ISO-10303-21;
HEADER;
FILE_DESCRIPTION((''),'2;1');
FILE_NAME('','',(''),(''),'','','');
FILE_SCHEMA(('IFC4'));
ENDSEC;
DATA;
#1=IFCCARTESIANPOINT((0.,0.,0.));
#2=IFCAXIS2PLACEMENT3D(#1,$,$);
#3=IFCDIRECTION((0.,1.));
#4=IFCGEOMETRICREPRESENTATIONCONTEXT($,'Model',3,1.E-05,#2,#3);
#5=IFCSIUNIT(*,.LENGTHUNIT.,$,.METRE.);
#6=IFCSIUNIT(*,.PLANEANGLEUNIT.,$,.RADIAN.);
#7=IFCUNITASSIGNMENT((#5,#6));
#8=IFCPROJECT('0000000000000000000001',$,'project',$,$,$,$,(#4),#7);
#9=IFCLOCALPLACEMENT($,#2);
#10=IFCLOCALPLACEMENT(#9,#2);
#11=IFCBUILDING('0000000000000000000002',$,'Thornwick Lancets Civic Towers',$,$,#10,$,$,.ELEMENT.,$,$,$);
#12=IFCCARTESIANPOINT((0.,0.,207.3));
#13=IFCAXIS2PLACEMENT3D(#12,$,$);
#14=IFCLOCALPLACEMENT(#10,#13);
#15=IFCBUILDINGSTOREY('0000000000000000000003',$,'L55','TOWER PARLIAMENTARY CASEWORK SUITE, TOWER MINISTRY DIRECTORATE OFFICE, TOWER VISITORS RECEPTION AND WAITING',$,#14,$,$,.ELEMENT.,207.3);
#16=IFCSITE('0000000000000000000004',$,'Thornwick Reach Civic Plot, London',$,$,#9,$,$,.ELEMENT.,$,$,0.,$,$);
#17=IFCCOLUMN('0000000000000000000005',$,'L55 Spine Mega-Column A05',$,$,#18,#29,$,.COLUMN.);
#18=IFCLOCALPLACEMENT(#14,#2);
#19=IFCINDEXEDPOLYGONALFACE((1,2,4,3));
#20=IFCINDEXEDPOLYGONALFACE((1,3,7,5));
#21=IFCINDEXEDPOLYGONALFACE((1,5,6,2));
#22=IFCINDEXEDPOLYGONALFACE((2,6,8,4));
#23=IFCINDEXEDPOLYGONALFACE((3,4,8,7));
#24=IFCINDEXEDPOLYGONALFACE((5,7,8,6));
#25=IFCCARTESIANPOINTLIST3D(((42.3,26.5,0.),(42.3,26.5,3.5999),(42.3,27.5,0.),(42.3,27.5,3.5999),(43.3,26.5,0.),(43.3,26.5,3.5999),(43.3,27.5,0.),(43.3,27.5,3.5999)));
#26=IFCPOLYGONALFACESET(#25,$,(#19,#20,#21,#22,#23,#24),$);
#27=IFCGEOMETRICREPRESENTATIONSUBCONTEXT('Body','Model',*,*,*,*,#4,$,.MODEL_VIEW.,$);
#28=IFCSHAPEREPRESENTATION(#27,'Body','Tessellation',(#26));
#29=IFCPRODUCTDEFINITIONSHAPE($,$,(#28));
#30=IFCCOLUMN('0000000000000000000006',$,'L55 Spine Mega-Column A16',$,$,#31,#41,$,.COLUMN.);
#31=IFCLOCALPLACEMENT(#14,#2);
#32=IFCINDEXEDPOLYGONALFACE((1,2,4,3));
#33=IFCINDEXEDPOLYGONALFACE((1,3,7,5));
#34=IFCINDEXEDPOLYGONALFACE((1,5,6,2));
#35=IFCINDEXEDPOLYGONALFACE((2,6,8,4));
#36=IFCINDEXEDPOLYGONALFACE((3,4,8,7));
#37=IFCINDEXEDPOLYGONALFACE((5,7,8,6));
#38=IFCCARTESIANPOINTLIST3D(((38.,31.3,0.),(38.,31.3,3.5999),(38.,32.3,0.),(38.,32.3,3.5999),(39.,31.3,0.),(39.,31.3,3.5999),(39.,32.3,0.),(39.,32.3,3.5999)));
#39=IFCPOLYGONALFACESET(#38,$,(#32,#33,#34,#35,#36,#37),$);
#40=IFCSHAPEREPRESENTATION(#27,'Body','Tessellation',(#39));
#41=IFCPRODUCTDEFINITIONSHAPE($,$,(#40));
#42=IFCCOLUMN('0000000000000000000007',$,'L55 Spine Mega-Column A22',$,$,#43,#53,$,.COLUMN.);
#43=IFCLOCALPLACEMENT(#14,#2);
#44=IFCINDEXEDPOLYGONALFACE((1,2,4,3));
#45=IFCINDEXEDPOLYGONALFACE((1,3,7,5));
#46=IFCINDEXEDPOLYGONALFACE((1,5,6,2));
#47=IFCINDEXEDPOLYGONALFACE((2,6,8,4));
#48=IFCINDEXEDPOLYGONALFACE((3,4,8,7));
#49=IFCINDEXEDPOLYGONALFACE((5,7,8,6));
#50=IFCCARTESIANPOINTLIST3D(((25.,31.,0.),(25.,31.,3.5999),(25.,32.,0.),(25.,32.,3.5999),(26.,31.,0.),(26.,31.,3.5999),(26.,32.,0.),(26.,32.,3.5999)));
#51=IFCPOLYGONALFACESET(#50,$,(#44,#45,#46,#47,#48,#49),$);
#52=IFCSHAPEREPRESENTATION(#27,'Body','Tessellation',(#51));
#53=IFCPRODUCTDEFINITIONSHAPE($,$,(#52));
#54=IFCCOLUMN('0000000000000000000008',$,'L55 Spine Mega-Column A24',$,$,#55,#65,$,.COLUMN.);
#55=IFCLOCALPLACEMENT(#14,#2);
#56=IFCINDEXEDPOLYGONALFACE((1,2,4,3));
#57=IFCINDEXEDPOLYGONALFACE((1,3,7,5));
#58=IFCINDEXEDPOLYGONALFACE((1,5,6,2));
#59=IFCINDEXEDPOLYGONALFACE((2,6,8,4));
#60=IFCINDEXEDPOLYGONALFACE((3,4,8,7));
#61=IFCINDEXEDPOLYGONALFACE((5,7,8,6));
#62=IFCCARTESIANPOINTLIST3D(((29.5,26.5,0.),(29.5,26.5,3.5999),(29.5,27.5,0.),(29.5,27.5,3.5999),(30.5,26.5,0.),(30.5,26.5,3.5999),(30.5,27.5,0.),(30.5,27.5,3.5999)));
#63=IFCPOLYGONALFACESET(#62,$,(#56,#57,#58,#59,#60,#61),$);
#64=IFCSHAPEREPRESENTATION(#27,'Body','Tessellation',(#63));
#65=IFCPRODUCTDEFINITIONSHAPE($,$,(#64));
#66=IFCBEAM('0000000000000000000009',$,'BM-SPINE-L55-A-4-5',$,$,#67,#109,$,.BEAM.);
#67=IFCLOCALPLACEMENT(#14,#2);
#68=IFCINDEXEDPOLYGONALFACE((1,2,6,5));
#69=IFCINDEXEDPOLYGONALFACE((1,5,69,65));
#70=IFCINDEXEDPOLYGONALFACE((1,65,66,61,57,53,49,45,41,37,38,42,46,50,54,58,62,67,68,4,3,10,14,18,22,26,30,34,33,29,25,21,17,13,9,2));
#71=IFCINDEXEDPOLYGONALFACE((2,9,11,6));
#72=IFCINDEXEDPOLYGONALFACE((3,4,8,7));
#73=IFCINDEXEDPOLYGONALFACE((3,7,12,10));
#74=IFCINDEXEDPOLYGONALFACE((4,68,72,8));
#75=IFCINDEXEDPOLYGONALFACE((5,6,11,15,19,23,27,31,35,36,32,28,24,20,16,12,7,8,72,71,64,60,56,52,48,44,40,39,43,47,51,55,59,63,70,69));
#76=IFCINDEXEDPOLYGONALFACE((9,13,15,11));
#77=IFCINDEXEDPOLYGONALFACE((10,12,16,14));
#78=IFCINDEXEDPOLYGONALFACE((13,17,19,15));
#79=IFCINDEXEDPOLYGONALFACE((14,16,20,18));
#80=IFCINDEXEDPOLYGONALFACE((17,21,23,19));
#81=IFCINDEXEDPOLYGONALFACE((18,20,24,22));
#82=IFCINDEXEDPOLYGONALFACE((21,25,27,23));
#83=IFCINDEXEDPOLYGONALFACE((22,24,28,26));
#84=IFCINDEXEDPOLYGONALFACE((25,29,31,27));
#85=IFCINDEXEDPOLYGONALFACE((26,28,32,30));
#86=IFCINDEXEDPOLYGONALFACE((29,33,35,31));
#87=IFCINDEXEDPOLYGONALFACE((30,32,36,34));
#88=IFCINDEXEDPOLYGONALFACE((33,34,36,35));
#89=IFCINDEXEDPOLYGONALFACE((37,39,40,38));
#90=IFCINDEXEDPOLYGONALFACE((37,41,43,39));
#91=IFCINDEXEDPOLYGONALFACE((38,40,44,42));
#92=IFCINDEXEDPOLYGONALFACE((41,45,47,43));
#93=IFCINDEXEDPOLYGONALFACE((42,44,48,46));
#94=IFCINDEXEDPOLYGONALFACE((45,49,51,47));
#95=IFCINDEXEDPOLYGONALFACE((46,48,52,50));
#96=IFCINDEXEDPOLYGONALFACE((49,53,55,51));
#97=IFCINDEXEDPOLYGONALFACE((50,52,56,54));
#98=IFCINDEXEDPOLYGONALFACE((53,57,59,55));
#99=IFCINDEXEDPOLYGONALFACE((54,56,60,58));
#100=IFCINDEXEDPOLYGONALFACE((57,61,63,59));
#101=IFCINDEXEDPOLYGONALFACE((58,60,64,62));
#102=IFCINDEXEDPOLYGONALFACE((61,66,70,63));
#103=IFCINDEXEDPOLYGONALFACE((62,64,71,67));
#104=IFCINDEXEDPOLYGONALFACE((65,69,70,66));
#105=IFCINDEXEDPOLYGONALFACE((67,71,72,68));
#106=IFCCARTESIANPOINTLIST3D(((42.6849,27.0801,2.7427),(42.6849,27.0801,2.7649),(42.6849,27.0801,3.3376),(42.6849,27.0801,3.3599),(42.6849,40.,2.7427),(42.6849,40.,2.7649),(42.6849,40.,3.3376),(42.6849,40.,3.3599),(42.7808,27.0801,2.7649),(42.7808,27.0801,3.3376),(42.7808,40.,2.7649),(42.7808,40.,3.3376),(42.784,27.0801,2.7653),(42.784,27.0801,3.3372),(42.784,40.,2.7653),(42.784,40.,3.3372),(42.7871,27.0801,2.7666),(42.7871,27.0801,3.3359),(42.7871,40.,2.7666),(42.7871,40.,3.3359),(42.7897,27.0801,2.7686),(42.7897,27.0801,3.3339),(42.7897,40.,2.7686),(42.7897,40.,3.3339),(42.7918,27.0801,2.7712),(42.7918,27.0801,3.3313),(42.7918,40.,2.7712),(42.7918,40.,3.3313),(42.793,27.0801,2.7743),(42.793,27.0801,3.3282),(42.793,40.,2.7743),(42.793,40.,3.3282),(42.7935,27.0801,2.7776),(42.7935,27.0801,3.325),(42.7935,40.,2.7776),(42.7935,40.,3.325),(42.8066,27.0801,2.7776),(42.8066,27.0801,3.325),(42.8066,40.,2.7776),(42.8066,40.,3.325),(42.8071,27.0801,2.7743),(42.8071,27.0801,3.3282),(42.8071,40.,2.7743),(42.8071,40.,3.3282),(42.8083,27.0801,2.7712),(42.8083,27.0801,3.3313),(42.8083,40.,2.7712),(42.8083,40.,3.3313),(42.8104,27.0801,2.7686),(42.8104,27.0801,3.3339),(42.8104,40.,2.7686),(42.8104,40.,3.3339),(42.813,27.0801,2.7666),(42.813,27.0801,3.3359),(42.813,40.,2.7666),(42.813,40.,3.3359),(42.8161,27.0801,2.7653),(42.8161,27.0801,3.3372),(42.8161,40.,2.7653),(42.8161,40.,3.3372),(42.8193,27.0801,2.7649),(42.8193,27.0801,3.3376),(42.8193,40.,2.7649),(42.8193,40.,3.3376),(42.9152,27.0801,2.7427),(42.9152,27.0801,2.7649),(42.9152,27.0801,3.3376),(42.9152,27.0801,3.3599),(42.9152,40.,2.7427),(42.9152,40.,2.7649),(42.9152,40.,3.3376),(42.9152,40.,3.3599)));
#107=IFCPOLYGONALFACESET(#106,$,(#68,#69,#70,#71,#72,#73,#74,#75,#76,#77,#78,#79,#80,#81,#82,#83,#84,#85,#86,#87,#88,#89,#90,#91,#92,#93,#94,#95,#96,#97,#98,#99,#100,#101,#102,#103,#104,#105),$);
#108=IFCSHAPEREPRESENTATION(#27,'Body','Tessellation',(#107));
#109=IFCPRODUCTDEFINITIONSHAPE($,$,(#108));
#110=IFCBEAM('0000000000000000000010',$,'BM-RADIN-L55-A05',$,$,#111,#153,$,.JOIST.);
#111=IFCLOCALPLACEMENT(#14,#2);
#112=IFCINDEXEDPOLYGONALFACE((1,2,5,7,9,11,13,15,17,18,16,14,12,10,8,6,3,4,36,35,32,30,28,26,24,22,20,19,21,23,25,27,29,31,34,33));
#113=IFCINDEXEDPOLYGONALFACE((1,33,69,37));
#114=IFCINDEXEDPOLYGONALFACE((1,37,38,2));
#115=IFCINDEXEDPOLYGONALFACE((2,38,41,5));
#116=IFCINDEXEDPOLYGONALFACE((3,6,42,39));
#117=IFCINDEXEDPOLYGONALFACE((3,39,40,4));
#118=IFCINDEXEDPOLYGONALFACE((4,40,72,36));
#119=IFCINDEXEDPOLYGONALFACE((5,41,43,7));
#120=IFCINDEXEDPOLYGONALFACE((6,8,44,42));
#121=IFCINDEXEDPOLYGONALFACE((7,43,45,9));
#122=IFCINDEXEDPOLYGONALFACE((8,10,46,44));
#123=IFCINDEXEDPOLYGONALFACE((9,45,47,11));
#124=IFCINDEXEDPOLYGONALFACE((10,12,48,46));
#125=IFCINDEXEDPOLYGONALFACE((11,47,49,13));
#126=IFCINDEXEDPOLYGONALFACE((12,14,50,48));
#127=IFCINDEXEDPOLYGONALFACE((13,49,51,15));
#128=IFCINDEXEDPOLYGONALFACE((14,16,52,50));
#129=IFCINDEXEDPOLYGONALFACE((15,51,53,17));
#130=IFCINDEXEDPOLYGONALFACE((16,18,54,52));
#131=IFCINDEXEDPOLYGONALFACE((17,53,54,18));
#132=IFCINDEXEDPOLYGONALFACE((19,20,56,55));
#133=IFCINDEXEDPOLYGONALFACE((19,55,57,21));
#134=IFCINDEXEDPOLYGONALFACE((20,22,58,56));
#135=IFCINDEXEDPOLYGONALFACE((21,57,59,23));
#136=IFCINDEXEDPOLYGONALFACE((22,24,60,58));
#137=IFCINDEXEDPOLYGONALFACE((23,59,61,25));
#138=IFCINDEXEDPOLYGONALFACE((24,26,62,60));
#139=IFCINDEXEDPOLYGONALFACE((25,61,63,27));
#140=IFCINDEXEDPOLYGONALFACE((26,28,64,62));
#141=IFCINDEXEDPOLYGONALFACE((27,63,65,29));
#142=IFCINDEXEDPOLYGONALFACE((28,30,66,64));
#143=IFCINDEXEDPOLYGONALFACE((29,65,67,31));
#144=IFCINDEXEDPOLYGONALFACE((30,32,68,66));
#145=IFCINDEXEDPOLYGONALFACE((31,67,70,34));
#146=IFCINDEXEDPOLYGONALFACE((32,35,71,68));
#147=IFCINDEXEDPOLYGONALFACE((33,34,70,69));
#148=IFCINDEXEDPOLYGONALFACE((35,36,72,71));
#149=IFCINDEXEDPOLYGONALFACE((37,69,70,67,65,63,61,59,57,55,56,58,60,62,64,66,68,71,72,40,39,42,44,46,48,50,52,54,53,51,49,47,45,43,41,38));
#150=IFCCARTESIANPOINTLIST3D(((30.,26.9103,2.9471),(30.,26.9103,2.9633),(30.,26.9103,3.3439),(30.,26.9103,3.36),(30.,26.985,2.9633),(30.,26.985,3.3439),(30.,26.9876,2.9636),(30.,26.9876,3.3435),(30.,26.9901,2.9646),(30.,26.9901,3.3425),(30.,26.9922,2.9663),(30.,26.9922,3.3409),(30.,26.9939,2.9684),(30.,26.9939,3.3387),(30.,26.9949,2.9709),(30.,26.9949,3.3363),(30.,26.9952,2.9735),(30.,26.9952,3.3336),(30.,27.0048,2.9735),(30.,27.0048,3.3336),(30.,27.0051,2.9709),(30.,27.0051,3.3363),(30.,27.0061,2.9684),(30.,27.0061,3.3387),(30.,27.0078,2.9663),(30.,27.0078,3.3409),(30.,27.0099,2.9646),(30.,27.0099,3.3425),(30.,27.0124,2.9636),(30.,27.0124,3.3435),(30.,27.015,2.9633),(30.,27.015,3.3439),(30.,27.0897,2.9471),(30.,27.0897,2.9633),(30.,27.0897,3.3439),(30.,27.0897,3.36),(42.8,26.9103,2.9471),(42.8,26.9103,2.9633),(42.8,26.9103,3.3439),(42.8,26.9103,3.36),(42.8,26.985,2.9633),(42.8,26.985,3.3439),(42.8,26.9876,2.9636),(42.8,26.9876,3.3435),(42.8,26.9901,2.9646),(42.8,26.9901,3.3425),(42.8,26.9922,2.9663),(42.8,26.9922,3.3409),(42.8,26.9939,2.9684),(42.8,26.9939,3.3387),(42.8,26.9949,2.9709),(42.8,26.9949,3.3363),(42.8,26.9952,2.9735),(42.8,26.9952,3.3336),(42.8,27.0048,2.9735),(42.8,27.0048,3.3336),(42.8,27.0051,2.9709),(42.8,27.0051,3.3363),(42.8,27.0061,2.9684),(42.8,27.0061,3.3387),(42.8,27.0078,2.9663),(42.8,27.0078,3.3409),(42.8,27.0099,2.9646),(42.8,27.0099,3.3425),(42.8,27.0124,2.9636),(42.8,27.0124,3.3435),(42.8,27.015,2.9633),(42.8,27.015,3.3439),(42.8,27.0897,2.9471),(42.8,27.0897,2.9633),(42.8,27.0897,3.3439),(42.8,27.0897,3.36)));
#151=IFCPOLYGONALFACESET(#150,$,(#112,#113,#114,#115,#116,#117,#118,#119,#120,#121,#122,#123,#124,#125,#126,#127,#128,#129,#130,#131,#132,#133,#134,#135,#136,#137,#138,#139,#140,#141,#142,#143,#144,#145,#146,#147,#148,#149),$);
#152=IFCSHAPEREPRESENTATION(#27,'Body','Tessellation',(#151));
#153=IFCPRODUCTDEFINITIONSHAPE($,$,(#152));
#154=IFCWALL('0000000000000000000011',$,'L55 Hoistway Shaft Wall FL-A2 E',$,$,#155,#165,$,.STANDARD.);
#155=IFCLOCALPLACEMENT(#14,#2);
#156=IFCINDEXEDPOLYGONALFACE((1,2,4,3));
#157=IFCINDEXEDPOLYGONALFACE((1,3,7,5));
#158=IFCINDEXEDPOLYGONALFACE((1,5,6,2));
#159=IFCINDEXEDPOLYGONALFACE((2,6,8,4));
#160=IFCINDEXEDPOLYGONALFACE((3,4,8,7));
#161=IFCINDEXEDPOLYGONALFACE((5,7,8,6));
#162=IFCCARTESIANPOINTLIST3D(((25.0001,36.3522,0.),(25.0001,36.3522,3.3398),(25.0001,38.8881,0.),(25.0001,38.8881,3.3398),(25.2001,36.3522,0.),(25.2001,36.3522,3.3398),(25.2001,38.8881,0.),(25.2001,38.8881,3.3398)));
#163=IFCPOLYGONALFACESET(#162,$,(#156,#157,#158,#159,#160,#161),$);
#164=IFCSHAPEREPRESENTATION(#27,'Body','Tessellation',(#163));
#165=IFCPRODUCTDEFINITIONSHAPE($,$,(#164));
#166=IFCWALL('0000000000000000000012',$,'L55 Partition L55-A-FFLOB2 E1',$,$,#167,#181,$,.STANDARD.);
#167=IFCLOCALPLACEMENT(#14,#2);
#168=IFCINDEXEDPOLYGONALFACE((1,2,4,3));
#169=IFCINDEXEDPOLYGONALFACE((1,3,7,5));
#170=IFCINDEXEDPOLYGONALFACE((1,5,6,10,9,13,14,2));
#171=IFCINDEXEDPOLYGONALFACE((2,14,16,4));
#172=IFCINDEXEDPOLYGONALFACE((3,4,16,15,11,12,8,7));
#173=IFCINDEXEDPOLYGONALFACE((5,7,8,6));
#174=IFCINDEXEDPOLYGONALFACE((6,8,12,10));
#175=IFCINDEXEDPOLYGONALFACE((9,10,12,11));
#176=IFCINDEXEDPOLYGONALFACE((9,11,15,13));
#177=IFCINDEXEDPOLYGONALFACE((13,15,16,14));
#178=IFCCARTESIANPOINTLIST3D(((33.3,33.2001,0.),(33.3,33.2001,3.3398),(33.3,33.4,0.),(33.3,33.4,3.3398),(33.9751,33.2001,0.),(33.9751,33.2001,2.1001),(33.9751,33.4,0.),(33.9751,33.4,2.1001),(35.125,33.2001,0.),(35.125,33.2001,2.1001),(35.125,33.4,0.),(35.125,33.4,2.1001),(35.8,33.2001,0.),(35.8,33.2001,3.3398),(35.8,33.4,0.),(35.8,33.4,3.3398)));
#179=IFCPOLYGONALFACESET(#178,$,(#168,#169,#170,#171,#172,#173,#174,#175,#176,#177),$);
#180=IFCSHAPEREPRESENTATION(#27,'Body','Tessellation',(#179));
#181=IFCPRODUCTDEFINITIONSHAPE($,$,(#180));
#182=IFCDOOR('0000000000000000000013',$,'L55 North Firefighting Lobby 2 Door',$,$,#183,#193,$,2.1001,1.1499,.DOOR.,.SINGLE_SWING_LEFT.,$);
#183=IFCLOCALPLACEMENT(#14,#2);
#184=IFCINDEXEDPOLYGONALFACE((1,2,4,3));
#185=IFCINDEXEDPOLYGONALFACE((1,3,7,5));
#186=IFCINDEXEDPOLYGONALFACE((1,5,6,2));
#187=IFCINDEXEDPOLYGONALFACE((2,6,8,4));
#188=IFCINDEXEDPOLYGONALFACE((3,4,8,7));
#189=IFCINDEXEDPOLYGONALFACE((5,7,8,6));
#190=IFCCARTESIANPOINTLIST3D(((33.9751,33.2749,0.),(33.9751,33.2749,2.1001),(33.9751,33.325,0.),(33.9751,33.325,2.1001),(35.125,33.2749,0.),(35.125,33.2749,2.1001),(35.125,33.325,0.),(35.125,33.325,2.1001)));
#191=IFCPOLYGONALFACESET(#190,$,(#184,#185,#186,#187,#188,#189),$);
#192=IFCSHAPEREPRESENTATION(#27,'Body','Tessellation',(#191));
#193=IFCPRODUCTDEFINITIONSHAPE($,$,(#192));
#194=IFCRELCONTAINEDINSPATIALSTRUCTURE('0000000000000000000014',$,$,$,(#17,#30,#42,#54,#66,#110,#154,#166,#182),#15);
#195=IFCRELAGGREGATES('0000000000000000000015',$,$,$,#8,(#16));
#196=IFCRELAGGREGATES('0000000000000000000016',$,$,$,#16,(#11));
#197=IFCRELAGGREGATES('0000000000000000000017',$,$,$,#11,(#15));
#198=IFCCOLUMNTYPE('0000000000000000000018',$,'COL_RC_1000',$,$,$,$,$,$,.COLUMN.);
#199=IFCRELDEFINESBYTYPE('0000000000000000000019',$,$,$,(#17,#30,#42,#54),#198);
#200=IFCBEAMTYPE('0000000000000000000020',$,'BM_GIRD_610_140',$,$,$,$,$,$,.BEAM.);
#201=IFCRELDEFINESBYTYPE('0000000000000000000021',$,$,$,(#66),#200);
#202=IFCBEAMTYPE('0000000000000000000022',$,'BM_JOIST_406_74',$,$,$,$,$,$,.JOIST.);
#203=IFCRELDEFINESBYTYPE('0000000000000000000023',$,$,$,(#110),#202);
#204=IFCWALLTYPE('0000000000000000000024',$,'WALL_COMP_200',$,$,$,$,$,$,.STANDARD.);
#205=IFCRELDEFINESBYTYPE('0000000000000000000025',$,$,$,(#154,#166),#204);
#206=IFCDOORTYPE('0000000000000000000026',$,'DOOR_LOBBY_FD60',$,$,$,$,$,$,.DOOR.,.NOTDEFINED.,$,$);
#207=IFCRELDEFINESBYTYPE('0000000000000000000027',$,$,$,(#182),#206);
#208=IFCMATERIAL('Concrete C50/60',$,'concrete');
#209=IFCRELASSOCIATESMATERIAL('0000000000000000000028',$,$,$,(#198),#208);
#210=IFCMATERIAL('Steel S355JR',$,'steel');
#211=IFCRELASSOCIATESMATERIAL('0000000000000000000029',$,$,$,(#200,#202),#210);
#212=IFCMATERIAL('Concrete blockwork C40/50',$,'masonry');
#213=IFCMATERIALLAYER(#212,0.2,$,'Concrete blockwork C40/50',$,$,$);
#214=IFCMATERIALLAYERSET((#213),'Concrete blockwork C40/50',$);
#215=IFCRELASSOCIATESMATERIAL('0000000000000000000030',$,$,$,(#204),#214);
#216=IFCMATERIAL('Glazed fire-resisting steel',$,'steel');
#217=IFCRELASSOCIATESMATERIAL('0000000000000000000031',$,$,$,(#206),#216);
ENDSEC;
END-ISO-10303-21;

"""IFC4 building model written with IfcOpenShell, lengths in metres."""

from ifc_helpers import new_model, si_unit, direction, frame, frame_2d, origin, origin_2d, place, context, subcontext, project, spatial, rectangle, i_section, extrude, material, layer, layer_set, material_profile, profile_set, type_object, element, fill, save


model = new_model("IFC4")

# Units and contexts
model_context = context("Model", 3, precision=1e-05, world=origin(), true_north=direction((0.0, 1.0)))
body_context = subcontext(model_context, "Body", "Model", "MODEL_VIEW")
ifc_project = project(units=[si_unit("LENGTHUNIT", "METRE"), si_unit("PLANEANGLEUNIT", "RADIAN")], contexts=[model_context])

# Site, building, storey
site_placement = place(None, origin())
site = spatial("IfcSite", under=ifc_project, at=site_placement, Name="Thornwick Reach Civic Plot, London", CompositionType="ELEMENT", RefElevation=0.0)
building_placement = place(site_placement, origin())
building = spatial("IfcBuilding", under=site, at=building_placement, Name="Thornwick Lancets Civic Towers", CompositionType="ELEMENT")
storey_placement = place(building_placement, frame((0.0, 0.0, 207.3)))
storey = spatial("IfcBuildingStorey", under=building, at=storey_placement, Name="L55", Description="TOWER PARLIAMENTARY CASEWORK SUITE, TOWER MINISTRY DIRECTORATE OFFICE, TOWER VISITORS RECEPTION AND WAITING", CompositionType="ELEMENT", Elevation=207.3)

# Columns
ifc_material_1 = material(Name="Concrete C50/60", Category="concrete")
ifc_material_profile_1 = material_profile(ifc_material_1, rectangle(XDim=1.0, YDim=1.0, at=origin_2d()), Name="RC 1000x1000")
ifc_profile_set_1 = profile_set([ifc_material_profile_1], Name="Concrete C50/60")
column_type = type_object("IfcColumnType", Name="COL_RC_1000", PredefinedType="COLUMN", material=ifc_profile_set_1)
for number, where, z_axis, x_axis, name in (
    (1, (42.8, 27.0, 0.0), (0.0, 0.0, 1.0), (1.0, 0.0, 0.0), "L55 Spine Mega-Column A05"),
    (2, (38.5, 31.8, 0.0), (0.0, 0.0, 1.0), (1.0, 0.0, 0.0), "L55 Spine Mega-Column A16"),
    (3, (25.5, 31.5, 0.0), (0.0, 0.0, 1.0), (1.0, 0.0, 0.0), "L55 Spine Mega-Column A22"),
    (4, (30.0, 27.0, 0.0), (0.0, 0.0, 1.0), (1.0, 0.0, 0.0), "L55 Spine Mega-Column A24"),
):
    element("IfcColumn", number, at=place(storey_placement, frame(where, z_axis=z_axis, x_axis=x_axis)), inside=storey, type_object=column_type, Name=name, PredefinedType="COLUMN", context=body_context, shape_type="SweptSolid", body=[
        extrude(rectangle(XDim=1.0, YDim=1.0, at=origin_2d()), origin(), (0.0, 0.0, 1.0), 3.5999),
    ])

# Beams
ifc_material_2 = material(Name="Steel S355JR", Category="steel")
ifc_material_profile_2 = material_profile(ifc_material_2, i_section(OverallWidth=0.2302, OverallDepth=0.6172, WebThickness=0.0132, FlangeThickness=0.0222, FilletRadius=0.0127, at=origin_2d()), Name="UKB 610x229x140")
ifc_profile_set_2 = profile_set([ifc_material_profile_2], Name="Steel S355JR")
beam_type_1 = type_object("IfcBeamType", Name="BM_GIRD_610_140", PredefinedType="BEAM", material=ifc_profile_set_2)
beam_1_placement = place(storey_placement, frame((42.8, 27.0801, 3.0513), z_axis=(0.0, 1.0, 0.0), x_axis=(-1.0, 0.0, 0.0)))
element("IfcBeam", 5, at=beam_1_placement, inside=storey, type_object=beam_type_1, Name="BM-SPINE-L55-A-4-5", PredefinedType="BEAM", context=body_context, shape_type="SweptSolid", body=[
    extrude(i_section(OverallWidth=0.2302, OverallDepth=0.6172, WebThickness=0.0132, FlangeThickness=0.0222, FilletRadius=0.0127, at=origin_2d()), origin(), (0.0, 0.0, 1.0), 12.9199),
])
ifc_material_profile_3 = material_profile(ifc_material_2, i_section(OverallWidth=0.1794, OverallDepth=0.4128, WebThickness=0.0095, FlangeThickness=0.0161, FilletRadius=0.0103, at=origin_2d()), Name="UKB 406x178x74")
ifc_profile_set_3 = profile_set([ifc_material_profile_3], Name="Steel S355JR")
beam_type_2 = type_object("IfcBeamType", Name="BM_JOIST_406_74", PredefinedType="JOIST", material=ifc_profile_set_3)
beam_2_placement = place(storey_placement, frame((30.0, 27.0, 3.1536), z_axis=(1.0, 0.0, 0.0), x_axis=(0.0, 1.0, 0.0)))
element("IfcBeam", 6, at=beam_2_placement, inside=storey, type_object=beam_type_2, Name="BM-RADIN-L55-A05", PredefinedType="JOIST", context=body_context, shape_type="SweptSolid", body=[
    extrude(i_section(OverallWidth=0.1794, OverallDepth=0.4128, WebThickness=0.0095, FlangeThickness=0.0161, FilletRadius=0.0103, at=origin_2d()), origin(), (0.0, 0.0, 1.0), 12.8),
])

# Wall
ifc_material_3 = material(Name="Concrete blockwork C40/50", Category="masonry")
ifc_layer_1 = layer(ifc_material_3, 0.2, Name="Concrete blockwork C40/50")
ifc_layer_set_1 = layer_set([ifc_layer_1], Name="Concrete blockwork C40/50")
wall_type_1 = type_object("IfcWallType", Name="WALL_COMP_200", PredefinedType="STANDARD", material=ifc_layer_set_1)
wall_1_placement = place(storey_placement, frame((25.1001, 36.3521, 0.0), z_axis=(0.0, 0.0, 1.0), x_axis=(0.0, 1.0, 0.0)))
element("IfcWall", 7, at=wall_1_placement, inside=storey, type_object=wall_type_1, Name="L55 Hoistway Shaft Wall FL-A2 E", PredefinedType="STANDARD", context=body_context, shape_type="SweptSolid", body=[
    extrude(rectangle(XDim=2.5359, YDim=0.2, at=frame_2d((1.2681, 0.0))), origin(), (0.0, 0.0, 1.0), 3.3398),
])

# Wall, opening, door
wall_2_placement = place(storey_placement, frame((33.3, 33.3, 0.0), z_axis=(0.0, 0.0, 1.0), x_axis=(1.0, 0.0, 0.0)))
wall_2 = element("IfcWall", 8, at=wall_2_placement, inside=storey, type_object=wall_type_1, Name="L55 Partition L55-A-FFLOB2 E1", PredefinedType="STANDARD", context=body_context, shape_type="SweptSolid", body=[
    extrude(rectangle(XDim=2.5, YDim=0.2, at=frame_2d((1.25, 0.0))), origin(), (0.0, 0.0, 1.0), 3.3398),
])
opening_1_placement = place(wall_2_placement, frame((0.675, 0.0, 0.0)))
opening_1 = element("IfcOpeningElement", 9, at=opening_1_placement, cuts=wall_2, PredefinedType="OPENING", context=body_context, shape_type="SweptSolid", body=[
    extrude(rectangle(XDim=1.1499, YDim=2.1001, at=frame_2d((0.575, 1.05))), frame((0.0, 0.1099, 0.0), z_axis=(0.0, -1.0, 0.0), x_axis=(1.0, 0.0, 0.0)), (0.0, 0.0, 1.0), 0.22),
])
ifc_material_4 = material(Name="Glazed fire-resisting steel", Category="steel")
door_type_1 = type_object("IfcDoorType", Name="DOOR_LOBBY_FD60", OperationType="NOTDEFINED", PredefinedType="DOOR", material=ifc_material_4)
door_1_placement = place(opening_1_placement, origin())
door_1 = element("IfcDoor", 10, at=door_1_placement, inside=storey, type_object=door_type_1, Name="L55 North Firefighting Lobby 2 Door", OperationType="SINGLE_SWING_LEFT", OverallHeight=2.1001, OverallWidth=1.1499, PredefinedType="DOOR", context=body_context, shape_type="SweptSolid", body=[
    extrude(rectangle(XDim=1.1499, YDim=2.1001, at=frame_2d((0.575, 1.05))), frame((0.0, 0.0249, 0.0), z_axis=(0.0, -1.0, 0.0), x_axis=(1.0, 0.0, 0.0)), (0.0, 0.0, 1.0), 0.05),
])
fill(opening_1, door_1)

save(model, "model.ifc")
